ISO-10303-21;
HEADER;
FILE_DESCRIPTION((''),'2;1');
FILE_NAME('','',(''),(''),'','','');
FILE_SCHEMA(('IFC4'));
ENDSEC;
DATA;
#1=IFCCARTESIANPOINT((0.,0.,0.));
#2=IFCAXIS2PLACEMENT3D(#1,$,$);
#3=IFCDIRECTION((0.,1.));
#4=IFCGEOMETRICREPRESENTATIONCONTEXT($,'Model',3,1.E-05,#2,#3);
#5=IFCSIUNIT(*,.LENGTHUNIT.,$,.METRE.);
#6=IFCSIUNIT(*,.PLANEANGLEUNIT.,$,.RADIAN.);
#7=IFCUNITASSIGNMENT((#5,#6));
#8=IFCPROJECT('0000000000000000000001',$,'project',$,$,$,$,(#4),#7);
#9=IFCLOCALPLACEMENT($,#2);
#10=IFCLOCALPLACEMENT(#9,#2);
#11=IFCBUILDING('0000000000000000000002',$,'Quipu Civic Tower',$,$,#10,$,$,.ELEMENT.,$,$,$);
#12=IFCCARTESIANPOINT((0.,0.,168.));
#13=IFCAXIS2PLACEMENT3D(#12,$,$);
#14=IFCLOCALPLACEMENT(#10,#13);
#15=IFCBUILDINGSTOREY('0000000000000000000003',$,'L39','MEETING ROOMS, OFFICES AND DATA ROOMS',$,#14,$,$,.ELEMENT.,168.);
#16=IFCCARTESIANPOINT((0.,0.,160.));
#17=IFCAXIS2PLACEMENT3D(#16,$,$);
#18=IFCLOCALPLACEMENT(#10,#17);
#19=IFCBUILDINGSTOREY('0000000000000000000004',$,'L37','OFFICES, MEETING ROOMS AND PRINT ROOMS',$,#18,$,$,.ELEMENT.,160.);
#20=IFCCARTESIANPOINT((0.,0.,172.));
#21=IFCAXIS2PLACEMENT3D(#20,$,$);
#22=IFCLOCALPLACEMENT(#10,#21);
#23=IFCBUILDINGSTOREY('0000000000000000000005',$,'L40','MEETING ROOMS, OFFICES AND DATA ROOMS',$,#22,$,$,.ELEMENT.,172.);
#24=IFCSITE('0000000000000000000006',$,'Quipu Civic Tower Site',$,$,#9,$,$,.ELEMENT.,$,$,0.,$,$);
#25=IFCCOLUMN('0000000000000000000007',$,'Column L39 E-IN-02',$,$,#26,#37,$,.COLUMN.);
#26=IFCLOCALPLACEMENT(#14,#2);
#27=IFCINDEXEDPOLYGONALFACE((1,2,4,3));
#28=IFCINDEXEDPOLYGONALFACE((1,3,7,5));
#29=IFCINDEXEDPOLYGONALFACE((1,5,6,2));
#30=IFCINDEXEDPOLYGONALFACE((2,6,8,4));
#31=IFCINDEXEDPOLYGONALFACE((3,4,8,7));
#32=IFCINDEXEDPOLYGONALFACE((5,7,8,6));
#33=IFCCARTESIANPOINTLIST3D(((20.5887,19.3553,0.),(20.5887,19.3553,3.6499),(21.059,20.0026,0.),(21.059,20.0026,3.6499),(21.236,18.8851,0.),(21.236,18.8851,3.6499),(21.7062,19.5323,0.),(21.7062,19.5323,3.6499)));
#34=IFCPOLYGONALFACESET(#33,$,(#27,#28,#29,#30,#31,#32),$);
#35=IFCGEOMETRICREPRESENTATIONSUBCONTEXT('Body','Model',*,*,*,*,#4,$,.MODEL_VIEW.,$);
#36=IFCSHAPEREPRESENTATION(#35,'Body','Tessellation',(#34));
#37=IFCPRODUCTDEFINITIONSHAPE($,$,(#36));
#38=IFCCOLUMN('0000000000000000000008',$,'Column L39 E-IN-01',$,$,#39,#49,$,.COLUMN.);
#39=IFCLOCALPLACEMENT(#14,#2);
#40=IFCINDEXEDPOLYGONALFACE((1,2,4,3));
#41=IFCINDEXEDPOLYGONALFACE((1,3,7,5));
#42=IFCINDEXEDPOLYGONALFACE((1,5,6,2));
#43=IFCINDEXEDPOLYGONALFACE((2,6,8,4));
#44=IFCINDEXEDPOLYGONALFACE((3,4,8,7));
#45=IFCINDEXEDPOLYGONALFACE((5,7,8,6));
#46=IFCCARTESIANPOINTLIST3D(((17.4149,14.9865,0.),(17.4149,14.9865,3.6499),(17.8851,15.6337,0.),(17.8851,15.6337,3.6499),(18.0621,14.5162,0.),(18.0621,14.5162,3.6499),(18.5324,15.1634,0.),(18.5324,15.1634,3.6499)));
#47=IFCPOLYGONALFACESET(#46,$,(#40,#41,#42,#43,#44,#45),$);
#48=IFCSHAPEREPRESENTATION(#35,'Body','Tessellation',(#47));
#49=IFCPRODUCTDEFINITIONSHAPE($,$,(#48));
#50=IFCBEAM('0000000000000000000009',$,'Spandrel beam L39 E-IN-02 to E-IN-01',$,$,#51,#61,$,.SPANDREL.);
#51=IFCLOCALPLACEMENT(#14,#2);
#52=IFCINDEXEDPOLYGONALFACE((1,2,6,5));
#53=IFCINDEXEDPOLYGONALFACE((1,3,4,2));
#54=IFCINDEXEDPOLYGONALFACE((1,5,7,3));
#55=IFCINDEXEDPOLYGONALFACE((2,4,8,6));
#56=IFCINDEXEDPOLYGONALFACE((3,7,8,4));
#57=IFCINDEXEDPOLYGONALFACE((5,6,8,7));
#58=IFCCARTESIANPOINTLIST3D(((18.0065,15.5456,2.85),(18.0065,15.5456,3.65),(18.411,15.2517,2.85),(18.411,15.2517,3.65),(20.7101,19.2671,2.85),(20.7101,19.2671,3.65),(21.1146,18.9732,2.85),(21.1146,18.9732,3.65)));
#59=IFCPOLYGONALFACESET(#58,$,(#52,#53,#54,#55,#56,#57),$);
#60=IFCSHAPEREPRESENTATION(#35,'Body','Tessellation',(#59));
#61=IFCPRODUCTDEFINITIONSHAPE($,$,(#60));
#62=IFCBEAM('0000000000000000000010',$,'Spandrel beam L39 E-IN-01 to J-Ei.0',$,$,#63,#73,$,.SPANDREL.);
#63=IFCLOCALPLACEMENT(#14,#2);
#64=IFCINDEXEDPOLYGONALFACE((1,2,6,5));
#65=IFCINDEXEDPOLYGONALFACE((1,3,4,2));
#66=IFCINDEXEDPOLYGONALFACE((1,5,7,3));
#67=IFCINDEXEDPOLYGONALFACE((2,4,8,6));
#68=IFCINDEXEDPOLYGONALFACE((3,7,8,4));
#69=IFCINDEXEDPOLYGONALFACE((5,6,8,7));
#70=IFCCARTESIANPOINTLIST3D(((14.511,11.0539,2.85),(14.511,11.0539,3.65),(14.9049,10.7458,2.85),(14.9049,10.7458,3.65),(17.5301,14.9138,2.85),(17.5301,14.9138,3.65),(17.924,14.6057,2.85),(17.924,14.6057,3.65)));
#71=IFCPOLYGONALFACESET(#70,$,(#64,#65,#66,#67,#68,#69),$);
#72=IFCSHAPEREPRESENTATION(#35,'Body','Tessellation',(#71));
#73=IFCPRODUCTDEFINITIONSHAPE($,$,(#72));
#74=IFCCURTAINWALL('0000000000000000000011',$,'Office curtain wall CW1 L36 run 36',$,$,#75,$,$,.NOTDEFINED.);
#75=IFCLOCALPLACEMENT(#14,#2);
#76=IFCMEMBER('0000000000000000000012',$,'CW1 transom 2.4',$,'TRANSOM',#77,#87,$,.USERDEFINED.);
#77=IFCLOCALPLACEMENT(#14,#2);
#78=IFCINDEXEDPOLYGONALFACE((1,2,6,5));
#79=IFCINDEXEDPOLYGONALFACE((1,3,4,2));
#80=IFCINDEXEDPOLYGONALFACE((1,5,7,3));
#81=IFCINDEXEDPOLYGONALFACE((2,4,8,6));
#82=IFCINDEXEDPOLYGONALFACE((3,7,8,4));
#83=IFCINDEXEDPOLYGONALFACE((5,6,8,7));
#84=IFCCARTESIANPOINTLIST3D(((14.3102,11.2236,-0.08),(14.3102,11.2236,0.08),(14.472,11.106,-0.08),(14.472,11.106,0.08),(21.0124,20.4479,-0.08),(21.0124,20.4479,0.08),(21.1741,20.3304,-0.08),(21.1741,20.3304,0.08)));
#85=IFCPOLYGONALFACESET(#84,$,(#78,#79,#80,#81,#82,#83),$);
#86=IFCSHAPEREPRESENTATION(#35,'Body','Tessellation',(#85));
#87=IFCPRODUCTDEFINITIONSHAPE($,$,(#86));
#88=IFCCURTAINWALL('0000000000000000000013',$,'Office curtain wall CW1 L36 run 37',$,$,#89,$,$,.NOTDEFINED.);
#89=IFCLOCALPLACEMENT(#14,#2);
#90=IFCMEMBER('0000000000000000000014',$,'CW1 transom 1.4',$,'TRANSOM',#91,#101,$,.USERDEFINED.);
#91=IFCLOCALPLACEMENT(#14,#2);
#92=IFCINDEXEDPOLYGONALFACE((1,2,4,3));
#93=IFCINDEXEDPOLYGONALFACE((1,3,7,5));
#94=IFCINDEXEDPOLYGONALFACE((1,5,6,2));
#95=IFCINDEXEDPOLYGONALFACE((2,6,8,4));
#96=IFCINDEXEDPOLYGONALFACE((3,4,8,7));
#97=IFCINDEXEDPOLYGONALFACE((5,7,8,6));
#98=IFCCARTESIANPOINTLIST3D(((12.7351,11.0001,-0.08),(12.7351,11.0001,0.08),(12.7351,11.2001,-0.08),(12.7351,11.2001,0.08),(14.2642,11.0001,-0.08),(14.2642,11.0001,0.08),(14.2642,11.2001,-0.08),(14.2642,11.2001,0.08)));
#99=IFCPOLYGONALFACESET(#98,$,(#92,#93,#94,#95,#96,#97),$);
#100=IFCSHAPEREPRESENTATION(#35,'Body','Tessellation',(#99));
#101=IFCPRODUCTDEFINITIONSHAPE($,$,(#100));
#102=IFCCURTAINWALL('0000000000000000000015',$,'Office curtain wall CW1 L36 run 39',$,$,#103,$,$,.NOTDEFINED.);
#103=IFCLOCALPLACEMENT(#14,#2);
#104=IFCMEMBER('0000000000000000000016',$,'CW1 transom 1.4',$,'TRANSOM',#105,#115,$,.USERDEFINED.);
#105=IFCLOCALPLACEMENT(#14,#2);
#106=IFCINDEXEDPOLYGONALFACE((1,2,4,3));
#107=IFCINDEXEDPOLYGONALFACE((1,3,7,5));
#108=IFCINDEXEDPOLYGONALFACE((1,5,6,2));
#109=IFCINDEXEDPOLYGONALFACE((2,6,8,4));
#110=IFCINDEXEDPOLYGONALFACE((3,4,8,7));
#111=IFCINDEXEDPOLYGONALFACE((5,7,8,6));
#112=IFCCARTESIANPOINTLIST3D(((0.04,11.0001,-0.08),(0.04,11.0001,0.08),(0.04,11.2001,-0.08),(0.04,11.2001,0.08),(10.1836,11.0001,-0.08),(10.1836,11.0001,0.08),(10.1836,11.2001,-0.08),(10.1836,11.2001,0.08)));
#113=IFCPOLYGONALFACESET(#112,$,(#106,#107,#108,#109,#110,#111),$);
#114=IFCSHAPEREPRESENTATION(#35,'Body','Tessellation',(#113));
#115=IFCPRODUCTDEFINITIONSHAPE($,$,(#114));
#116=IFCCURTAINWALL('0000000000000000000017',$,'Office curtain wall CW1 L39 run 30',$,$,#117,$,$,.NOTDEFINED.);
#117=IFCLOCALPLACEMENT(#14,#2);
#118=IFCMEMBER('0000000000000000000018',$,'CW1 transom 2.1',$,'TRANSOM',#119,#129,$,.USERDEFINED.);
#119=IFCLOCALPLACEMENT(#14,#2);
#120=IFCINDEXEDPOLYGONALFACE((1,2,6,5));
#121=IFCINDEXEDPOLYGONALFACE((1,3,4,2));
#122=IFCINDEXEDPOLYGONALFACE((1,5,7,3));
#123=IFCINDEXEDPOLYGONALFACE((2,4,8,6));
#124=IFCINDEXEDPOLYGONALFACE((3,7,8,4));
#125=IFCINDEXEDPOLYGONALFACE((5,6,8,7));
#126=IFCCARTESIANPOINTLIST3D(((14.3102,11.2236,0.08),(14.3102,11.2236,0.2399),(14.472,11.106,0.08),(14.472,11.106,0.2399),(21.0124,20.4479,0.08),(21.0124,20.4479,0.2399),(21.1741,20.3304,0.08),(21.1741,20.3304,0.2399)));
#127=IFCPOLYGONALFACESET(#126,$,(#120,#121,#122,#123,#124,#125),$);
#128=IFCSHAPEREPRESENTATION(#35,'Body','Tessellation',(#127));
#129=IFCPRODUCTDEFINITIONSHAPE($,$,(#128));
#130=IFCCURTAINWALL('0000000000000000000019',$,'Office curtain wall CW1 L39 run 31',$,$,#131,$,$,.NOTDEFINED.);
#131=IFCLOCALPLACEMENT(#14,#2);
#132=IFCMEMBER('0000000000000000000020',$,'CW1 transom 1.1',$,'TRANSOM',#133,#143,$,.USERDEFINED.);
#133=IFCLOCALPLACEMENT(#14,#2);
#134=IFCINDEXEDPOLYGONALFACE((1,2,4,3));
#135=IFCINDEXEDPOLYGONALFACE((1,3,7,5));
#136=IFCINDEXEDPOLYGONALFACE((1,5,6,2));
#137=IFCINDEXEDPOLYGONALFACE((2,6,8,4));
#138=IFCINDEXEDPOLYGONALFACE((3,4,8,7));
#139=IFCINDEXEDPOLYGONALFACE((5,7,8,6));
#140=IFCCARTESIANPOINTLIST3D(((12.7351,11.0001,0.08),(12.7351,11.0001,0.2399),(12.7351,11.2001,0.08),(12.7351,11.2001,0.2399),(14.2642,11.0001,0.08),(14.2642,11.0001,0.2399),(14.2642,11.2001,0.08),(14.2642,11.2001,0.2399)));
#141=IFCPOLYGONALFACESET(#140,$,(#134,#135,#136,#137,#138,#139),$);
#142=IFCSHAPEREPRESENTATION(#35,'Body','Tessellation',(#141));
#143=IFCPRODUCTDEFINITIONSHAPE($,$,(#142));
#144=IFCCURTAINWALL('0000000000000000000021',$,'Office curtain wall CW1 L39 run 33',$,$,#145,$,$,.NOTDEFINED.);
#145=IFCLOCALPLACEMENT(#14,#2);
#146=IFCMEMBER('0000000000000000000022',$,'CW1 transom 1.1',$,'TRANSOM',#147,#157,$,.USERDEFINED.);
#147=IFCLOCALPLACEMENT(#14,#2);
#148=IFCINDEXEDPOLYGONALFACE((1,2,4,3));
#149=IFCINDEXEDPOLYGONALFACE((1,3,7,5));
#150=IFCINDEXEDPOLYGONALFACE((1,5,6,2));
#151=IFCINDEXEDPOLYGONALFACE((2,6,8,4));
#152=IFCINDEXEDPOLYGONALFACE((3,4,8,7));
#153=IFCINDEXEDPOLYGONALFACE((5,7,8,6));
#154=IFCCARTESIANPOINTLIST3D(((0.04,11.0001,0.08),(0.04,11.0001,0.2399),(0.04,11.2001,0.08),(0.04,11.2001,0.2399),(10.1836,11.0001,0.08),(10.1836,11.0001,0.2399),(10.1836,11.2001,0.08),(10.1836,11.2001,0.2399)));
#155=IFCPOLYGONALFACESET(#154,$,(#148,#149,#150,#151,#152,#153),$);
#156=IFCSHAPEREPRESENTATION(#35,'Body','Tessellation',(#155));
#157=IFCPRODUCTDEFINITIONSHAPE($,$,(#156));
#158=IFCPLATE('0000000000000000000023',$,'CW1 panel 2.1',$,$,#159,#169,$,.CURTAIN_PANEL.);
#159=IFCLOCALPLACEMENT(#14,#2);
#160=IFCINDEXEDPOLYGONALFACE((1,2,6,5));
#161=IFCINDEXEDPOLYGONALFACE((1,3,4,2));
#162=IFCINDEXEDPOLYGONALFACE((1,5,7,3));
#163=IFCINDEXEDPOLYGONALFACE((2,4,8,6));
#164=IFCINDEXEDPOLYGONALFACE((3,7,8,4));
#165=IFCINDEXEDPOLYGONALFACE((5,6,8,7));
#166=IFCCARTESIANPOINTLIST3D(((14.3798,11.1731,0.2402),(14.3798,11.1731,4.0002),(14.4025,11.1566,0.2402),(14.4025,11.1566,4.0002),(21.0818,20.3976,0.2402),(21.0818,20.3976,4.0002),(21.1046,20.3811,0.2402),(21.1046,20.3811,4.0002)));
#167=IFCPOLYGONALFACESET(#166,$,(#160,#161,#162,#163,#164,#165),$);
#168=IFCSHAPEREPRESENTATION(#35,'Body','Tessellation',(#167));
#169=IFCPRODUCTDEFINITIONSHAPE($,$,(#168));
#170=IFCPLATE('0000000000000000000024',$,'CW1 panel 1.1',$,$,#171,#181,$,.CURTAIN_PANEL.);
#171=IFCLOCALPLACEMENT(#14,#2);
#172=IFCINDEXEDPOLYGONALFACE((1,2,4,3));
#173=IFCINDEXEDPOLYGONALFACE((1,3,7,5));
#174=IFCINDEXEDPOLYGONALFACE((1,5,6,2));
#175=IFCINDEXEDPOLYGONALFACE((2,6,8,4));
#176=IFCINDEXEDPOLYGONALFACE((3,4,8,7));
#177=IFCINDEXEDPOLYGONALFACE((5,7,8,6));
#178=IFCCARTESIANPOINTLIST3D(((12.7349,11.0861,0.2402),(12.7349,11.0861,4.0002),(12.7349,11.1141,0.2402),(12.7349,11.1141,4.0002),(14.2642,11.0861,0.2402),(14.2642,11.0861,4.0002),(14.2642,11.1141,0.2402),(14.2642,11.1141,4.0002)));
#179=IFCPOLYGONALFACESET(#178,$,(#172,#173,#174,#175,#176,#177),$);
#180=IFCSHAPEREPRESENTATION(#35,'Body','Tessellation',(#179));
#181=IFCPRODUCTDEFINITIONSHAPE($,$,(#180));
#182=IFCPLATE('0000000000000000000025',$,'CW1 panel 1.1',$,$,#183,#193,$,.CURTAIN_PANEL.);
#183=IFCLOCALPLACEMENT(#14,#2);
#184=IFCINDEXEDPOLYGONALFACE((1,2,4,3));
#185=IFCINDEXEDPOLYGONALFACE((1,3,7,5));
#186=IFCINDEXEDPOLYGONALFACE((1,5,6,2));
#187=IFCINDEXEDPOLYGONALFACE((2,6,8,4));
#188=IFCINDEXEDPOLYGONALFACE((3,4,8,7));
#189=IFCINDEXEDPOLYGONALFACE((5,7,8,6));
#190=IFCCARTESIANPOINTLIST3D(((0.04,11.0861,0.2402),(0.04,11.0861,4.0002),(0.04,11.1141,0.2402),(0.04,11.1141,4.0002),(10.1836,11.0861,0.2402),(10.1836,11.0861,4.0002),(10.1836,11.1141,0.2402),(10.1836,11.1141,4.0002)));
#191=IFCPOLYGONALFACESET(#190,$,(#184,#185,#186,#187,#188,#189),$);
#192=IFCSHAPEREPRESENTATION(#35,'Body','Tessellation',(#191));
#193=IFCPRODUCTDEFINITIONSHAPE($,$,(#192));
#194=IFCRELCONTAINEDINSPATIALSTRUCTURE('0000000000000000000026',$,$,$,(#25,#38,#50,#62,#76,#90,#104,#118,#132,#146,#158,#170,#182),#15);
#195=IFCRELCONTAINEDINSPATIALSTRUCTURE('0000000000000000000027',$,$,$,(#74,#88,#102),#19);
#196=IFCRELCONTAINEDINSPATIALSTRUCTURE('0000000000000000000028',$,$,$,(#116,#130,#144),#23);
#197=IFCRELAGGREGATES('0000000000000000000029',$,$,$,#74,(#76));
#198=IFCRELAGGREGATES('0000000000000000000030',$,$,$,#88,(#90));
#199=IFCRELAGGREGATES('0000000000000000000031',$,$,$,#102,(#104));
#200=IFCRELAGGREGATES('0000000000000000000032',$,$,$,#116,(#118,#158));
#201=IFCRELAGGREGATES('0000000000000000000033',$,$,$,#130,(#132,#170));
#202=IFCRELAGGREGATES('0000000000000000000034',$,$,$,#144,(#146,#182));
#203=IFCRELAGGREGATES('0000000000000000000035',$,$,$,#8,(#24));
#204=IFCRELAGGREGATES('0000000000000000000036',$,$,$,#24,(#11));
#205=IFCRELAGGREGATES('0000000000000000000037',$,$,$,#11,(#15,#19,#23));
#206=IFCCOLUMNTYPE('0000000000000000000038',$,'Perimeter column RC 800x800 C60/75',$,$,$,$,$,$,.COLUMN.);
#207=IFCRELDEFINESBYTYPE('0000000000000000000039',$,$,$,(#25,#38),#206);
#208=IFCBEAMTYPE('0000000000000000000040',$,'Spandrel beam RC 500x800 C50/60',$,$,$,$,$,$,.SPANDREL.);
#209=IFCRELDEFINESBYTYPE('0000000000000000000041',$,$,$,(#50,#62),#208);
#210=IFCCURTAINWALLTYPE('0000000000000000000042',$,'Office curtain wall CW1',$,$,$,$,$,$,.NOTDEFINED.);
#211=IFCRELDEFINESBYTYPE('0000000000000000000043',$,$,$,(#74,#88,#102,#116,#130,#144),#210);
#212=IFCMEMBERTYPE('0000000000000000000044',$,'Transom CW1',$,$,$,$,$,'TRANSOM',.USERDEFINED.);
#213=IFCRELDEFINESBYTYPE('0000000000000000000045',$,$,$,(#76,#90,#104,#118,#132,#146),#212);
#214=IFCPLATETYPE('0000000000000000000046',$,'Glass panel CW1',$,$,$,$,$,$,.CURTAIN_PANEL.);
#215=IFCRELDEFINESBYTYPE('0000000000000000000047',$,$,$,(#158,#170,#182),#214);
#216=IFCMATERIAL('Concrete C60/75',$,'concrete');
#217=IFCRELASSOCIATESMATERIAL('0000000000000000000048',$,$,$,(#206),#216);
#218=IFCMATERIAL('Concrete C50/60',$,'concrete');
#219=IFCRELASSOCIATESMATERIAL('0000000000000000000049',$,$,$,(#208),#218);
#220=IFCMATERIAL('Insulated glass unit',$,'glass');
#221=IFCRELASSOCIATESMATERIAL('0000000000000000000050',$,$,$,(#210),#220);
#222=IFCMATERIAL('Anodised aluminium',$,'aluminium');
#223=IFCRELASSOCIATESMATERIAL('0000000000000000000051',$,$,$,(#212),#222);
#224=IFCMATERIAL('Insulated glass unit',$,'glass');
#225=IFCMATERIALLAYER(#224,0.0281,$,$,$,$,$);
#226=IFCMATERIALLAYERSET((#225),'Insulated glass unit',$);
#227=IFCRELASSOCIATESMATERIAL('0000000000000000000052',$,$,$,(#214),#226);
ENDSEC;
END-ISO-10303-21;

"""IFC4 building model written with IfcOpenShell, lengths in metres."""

from ifc_helpers import new_model, si_unit, direction, frame, origin, origin_2d, place, context, subcontext, project, spatial, rectangle, extrude, material, layer, layer_set, material_profile, profile_set, type_object, element, aggregate, save


model = new_model("IFC4")

# Units and contexts
model_context = context("Model", 3, precision=1e-05, world=origin(), true_north=direction((0.0, 1.0)))
body_context = subcontext(model_context, "Body", "Model", "MODEL_VIEW")
ifc_project = project(units=[si_unit("LENGTHUNIT", "METRE"), si_unit("PLANEANGLEUNIT", "RADIAN")], contexts=[model_context])

# Site, building, storey
site_placement = place(None, origin())
site = spatial("IfcSite", under=ifc_project, at=site_placement, Name="Quipu Civic Tower Site", CompositionType="ELEMENT", RefElevation=0.0)
building_placement = place(site_placement, origin())
building = spatial("IfcBuilding", under=site, at=building_placement, Name="Quipu Civic Tower", CompositionType="ELEMENT")
storey_1_placement = place(building_placement, frame((0.0, 0.0, 168.0)))
storey_1 = spatial("IfcBuildingStorey", under=building, at=storey_1_placement, Name="L39", Description="MEETING ROOMS, OFFICES AND DATA ROOMS", CompositionType="ELEMENT", Elevation=168.0)

# Columns
ifc_material_1 = material(Name="Concrete C60/75", Category="concrete")
ifc_material_profile_1 = material_profile(ifc_material_1, rectangle(XDim=0.8, YDim=0.8, at=origin_2d()), Name="RC800x800")
ifc_profile_set_1 = profile_set([ifc_material_profile_1], Name="Concrete C60/75")
column_type = type_object("IfcColumnType", Name="Perimeter column RC 800x800 C60/75", PredefinedType="COLUMN", material=ifc_profile_set_1)
for number, where, z_axis, x_axis, name in (
    (1, (21.1475, 19.4438, 0.0), (0.0, 0.0, 1.0), (-0.587785, -0.809017, 0.0), "Column L39 E-IN-02"),
    (2, (17.9736, 15.075, 0.0), (0.0, 0.0, 1.0), (-0.587785, -0.809017, 0.0), "Column L39 E-IN-01"),
):
    element("IfcColumn", number, at=place(storey_1_placement, frame(where, z_axis=z_axis, x_axis=x_axis)), inside=storey_1, type_object=column_type, Name=name, PredefinedType="COLUMN", context=body_context, shape_type="SweptSolid", body=[
        extrude(rectangle(XDim=0.8, YDim=0.8, at=origin_2d()), origin(), (0.0, 0.0, 1.0), 3.6499),
    ])

# Beams
ifc_material_2 = material(Name="Concrete C50/60", Category="concrete")
ifc_material_profile_2 = material_profile(ifc_material_2, rectangle(XDim=0.5, YDim=0.8, at=origin_2d()), Name="RC500x800")
ifc_profile_set_2 = profile_set([ifc_material_profile_2], Name="Concrete C50/60")
beam_type = type_object("IfcBeamType", Name="Spandrel beam RC 500x800 C50/60", PredefinedType="SPANDREL", material=ifc_profile_set_2)
beam_1_placement = place(storey_1_placement, frame((20.9124, 19.1201, 3.25), z_axis=(-0.587761, -0.809034, 0.0), x_axis=(0.809034, -0.587761, 0.0)))
element("IfcBeam", 3, at=beam_1_placement, inside=storey_1, type_object=beam_type, Name="Spandrel beam L39 E-IN-02 to E-IN-01", PredefinedType="SPANDREL", context=body_context, shape_type="SweptSolid", body=[
    extrude(rectangle(XDim=0.5, YDim=0.8, at=origin_2d()), origin(), (0.0, 0.0, 1.0), 4.5999),
])
beam_2_placement = place(storey_1_placement, frame((17.7271, 14.7598, 3.25), z_axis=(-0.616091, -0.787675, 0.0), x_axis=(0.787675, -0.616091, 0.0)))
element("IfcBeam", 4, at=beam_2_placement, inside=storey_1, type_object=beam_type, Name="Spandrel beam L39 E-IN-01 to J-Ei.0", PredefinedType="SPANDREL", context=body_context, shape_type="SweptSolid", body=[
    extrude(rectangle(XDim=0.5, YDim=0.8, at=origin_2d()), origin(), (0.0, 0.0, 1.0), 4.9004),
])

# Shared definitions
storey_2_placement = place(building_placement, frame((0.0, 0.0, 160.0)))
storey_2 = spatial("IfcBuildingStorey", under=building, at=storey_2_placement, Name="L37", Description="OFFICES, MEETING ROOMS AND PRINT ROOMS", CompositionType="ELEMENT", Elevation=160.0)

# Curtain walls, members
ifc_material_3 = material(Name="Insulated glass unit", Category="glass")
curtain_wall_type = type_object("IfcCurtainWallType", Name="Office curtain wall CW1", PredefinedType="NOTDEFINED", material=ifc_material_3)
curtain_wall_1_placement = place(storey_2_placement, origin())
curtain_wall_1 = element("IfcCurtainWall", 5, at=curtain_wall_1_placement, inside=storey_2, type_object=curtain_wall_type, Name="Office curtain wall CW1 L36 run 36", PredefinedType="NOTDEFINED")
ifc_material_4 = material(Name="Anodised aluminium", Category="aluminium")
ifc_material_profile_3 = material_profile(ifc_material_4, rectangle(XDim=0.2, YDim=0.1599, at=origin_2d()), Name="RECT 200x160")
ifc_profile_set_3 = profile_set([ifc_material_profile_3], Name="Anodised aluminium")
member_type = type_object("IfcMemberType", Name="Transom CW1", ElementType="TRANSOM", PredefinedType="USERDEFINED", material=ifc_profile_set_3)
member_1_placement = place(storey_1_placement, frame((21.0933, 20.3892, 0.0), z_axis=(-0.5878, -0.809006, 0.0), x_axis=(0.809006, -0.5878, 0.0)))
member_1 = element("IfcMember", 6, at=member_1_placement, inside=storey_1, type_object=member_type, Name="CW1 transom 2.4", ObjectType="TRANSOM", PredefinedType="USERDEFINED", context=body_context, shape_type="SweptSolid", body=[
    extrude(rectangle(XDim=0.2, YDim=0.1599, at=origin_2d()), origin(), (0.0, 0.0, 1.0), 11.4021),
])
aggregate(curtain_wall_1, [member_1])
curtain_wall_2_placement = place(storey_2_placement, origin())
curtain_wall_2 = element("IfcCurtainWall", 7, at=curtain_wall_2_placement, inside=storey_2, type_object=curtain_wall_type, Name="Office curtain wall CW1 L36 run 37", PredefinedType="NOTDEFINED")
member_2_placement = place(storey_1_placement, frame((14.2642, 11.1001, 0.0), z_axis=(-1.0, 0.0, 0.0), x_axis=(0.0, -1.0, 0.0)))
member_2 = element("IfcMember", 8, at=member_2_placement, inside=storey_1, type_object=member_type, Name="CW1 transom 1.4", ObjectType="TRANSOM", PredefinedType="USERDEFINED", context=body_context, shape_type="SweptSolid", body=[
    extrude(rectangle(XDim=0.2, YDim=0.1599, at=origin_2d()), origin(), (0.0, 0.0, 1.0), 1.5291),
])
aggregate(curtain_wall_2, [member_2])
curtain_wall_3_placement = place(storey_2_placement, origin())
curtain_wall_3 = element("IfcCurtainWall", 9, at=curtain_wall_3_placement, inside=storey_2, type_object=curtain_wall_type, Name="Office curtain wall CW1 L36 run 39", PredefinedType="NOTDEFINED")
member_3_placement = place(storey_1_placement, frame((10.1836, 11.1001, 0.0), z_axis=(-1.0, 0.0, 0.0), x_axis=(0.0, -1.0, 0.0)))
member_3 = element("IfcMember", 10, at=member_3_placement, inside=storey_1, type_object=member_type, Name="CW1 transom 1.4", ObjectType="TRANSOM", PredefinedType="USERDEFINED", context=body_context, shape_type="SweptSolid", body=[
    extrude(rectangle(XDim=0.2, YDim=0.1599, at=origin_2d()), origin(), (0.0, 0.0, 1.0), 10.1436),
])
aggregate(curtain_wall_3, [member_3])

# Shared definitions
storey_3_placement = place(building_placement, frame((0.0, 0.0, 172.0)))
storey_3 = spatial("IfcBuildingStorey", under=building, at=storey_3_placement, Name="L40", Description="MEETING ROOMS, OFFICES AND DATA ROOMS", CompositionType="ELEMENT", Elevation=172.0)

# Curtain walls, members
curtain_wall_4_placement = place(storey_3_placement, origin())
curtain_wall_4 = element("IfcCurtainWall", 11, at=curtain_wall_4_placement, inside=storey_3, type_object=curtain_wall_type, Name="Office curtain wall CW1 L39 run 30", PredefinedType="NOTDEFINED")
member_4_placement = place(storey_1_placement, frame((21.0933, 20.3892, 0.1599), z_axis=(-0.5878, -0.809006, 0.0), x_axis=(0.809006, -0.5878, 0.0)))
member_4 = element("IfcMember", 12, at=member_4_placement, inside=storey_1, type_object=member_type, Name="CW1 transom 2.1", ObjectType="TRANSOM", PredefinedType="USERDEFINED", context=body_context, shape_type="SweptSolid", body=[
    extrude(rectangle(XDim=0.2, YDim=0.1599, at=origin_2d()), origin(), (0.0, 0.0, 1.0), 11.4021),
])
curtain_wall_5_placement = place(storey_3_placement, origin())
curtain_wall_5 = element("IfcCurtainWall", 13, at=curtain_wall_5_placement, inside=storey_3, type_object=curtain_wall_type, Name="Office curtain wall CW1 L39 run 31", PredefinedType="NOTDEFINED")
member_5_placement = place(storey_1_placement, frame((14.2642, 11.1001, 0.1599), z_axis=(-1.0, 0.0, 0.0), x_axis=(0.0, -1.0, 0.0)))
member_5 = element("IfcMember", 14, at=member_5_placement, inside=storey_1, type_object=member_type, Name="CW1 transom 1.1", ObjectType="TRANSOM", PredefinedType="USERDEFINED", context=body_context, shape_type="SweptSolid", body=[
    extrude(rectangle(XDim=0.2, YDim=0.1599, at=origin_2d()), origin(), (0.0, 0.0, 1.0), 1.5291),
])
curtain_wall_6_placement = place(storey_3_placement, origin())
curtain_wall_6 = element("IfcCurtainWall", 15, at=curtain_wall_6_placement, inside=storey_3, type_object=curtain_wall_type, Name="Office curtain wall CW1 L39 run 33", PredefinedType="NOTDEFINED")
member_6_placement = place(storey_1_placement, frame((10.1836, 11.1001, 0.1599), z_axis=(-1.0, 0.0, 0.0), x_axis=(0.0, -1.0, 0.0)))
member_6 = element("IfcMember", 16, at=member_6_placement, inside=storey_1, type_object=member_type, Name="CW1 transom 1.1", ObjectType="TRANSOM", PredefinedType="USERDEFINED", context=body_context, shape_type="SweptSolid", body=[
    extrude(rectangle(XDim=0.2, YDim=0.1599, at=origin_2d()), origin(), (0.0, 0.0, 1.0), 10.1436),
])

# Plates
ifc_material_5 = material(Name="Insulated glass unit", Category="glass")
ifc_layer = layer(ifc_material_5, 0.0281)
ifc_layer_set = layer_set([ifc_layer], Name="Insulated glass unit")
plate_type_1 = type_object("IfcPlateType", Name="Glass panel CW1", PredefinedType="CURTAIN_PANEL", material=ifc_layer_set)
plate_1_placement = place(storey_1_placement, frame((17.7422, 15.7771, 0.2402), z_axis=(0.0, 0.0, 1.0), x_axis=(-0.587789, -0.809014, 0.0)))
plate_1 = element("IfcPlate", 17, at=plate_1_placement, inside=storey_1, type_object=plate_type_1, Name="CW1 panel 2.1", PredefinedType="CURTAIN_PANEL", context=body_context, shape_type="SweptSolid", body=[
    extrude(rectangle(XDim=11.4021, YDim=0.0281, at=origin_2d()), origin(), (0.0, 0.0, 1.0), 3.76),
])
aggregate(curtain_wall_4, [member_4, plate_1])
plate_2_placement = place(storey_1_placement, frame((13.4995, 11.1001, 0.2402), z_axis=(0.0, 0.0, 1.0), x_axis=(-1.0, 0.0, 0.0)))
plate_2 = element("IfcPlate", 18, at=plate_2_placement, inside=storey_1, type_object=plate_type_1, Name="CW1 panel 1.1", PredefinedType="CURTAIN_PANEL", context=body_context, shape_type="SweptSolid", body=[
    extrude(rectangle(XDim=1.5293, YDim=0.0281, at=origin_2d()), origin(), (0.0, 0.0, 1.0), 3.76),
])
aggregate(curtain_wall_5, [member_5, plate_2])
plate_3_placement = place(storey_1_placement, frame((5.1118, 11.1001, 0.2402), z_axis=(0.0, 0.0, 1.0), x_axis=(-1.0, 0.0, 0.0)))
plate_3 = element("IfcPlate", 19, at=plate_3_placement, inside=storey_1, type_object=plate_type_1, Name="CW1 panel 1.1", PredefinedType="CURTAIN_PANEL", context=body_context, shape_type="SweptSolid", body=[
    extrude(rectangle(XDim=10.1436, YDim=0.0281, at=origin_2d()), origin(), (0.0, 0.0, 1.0), 3.76),
])
aggregate(curtain_wall_6, [member_6, plate_3])

save(model, "model.ifc")
